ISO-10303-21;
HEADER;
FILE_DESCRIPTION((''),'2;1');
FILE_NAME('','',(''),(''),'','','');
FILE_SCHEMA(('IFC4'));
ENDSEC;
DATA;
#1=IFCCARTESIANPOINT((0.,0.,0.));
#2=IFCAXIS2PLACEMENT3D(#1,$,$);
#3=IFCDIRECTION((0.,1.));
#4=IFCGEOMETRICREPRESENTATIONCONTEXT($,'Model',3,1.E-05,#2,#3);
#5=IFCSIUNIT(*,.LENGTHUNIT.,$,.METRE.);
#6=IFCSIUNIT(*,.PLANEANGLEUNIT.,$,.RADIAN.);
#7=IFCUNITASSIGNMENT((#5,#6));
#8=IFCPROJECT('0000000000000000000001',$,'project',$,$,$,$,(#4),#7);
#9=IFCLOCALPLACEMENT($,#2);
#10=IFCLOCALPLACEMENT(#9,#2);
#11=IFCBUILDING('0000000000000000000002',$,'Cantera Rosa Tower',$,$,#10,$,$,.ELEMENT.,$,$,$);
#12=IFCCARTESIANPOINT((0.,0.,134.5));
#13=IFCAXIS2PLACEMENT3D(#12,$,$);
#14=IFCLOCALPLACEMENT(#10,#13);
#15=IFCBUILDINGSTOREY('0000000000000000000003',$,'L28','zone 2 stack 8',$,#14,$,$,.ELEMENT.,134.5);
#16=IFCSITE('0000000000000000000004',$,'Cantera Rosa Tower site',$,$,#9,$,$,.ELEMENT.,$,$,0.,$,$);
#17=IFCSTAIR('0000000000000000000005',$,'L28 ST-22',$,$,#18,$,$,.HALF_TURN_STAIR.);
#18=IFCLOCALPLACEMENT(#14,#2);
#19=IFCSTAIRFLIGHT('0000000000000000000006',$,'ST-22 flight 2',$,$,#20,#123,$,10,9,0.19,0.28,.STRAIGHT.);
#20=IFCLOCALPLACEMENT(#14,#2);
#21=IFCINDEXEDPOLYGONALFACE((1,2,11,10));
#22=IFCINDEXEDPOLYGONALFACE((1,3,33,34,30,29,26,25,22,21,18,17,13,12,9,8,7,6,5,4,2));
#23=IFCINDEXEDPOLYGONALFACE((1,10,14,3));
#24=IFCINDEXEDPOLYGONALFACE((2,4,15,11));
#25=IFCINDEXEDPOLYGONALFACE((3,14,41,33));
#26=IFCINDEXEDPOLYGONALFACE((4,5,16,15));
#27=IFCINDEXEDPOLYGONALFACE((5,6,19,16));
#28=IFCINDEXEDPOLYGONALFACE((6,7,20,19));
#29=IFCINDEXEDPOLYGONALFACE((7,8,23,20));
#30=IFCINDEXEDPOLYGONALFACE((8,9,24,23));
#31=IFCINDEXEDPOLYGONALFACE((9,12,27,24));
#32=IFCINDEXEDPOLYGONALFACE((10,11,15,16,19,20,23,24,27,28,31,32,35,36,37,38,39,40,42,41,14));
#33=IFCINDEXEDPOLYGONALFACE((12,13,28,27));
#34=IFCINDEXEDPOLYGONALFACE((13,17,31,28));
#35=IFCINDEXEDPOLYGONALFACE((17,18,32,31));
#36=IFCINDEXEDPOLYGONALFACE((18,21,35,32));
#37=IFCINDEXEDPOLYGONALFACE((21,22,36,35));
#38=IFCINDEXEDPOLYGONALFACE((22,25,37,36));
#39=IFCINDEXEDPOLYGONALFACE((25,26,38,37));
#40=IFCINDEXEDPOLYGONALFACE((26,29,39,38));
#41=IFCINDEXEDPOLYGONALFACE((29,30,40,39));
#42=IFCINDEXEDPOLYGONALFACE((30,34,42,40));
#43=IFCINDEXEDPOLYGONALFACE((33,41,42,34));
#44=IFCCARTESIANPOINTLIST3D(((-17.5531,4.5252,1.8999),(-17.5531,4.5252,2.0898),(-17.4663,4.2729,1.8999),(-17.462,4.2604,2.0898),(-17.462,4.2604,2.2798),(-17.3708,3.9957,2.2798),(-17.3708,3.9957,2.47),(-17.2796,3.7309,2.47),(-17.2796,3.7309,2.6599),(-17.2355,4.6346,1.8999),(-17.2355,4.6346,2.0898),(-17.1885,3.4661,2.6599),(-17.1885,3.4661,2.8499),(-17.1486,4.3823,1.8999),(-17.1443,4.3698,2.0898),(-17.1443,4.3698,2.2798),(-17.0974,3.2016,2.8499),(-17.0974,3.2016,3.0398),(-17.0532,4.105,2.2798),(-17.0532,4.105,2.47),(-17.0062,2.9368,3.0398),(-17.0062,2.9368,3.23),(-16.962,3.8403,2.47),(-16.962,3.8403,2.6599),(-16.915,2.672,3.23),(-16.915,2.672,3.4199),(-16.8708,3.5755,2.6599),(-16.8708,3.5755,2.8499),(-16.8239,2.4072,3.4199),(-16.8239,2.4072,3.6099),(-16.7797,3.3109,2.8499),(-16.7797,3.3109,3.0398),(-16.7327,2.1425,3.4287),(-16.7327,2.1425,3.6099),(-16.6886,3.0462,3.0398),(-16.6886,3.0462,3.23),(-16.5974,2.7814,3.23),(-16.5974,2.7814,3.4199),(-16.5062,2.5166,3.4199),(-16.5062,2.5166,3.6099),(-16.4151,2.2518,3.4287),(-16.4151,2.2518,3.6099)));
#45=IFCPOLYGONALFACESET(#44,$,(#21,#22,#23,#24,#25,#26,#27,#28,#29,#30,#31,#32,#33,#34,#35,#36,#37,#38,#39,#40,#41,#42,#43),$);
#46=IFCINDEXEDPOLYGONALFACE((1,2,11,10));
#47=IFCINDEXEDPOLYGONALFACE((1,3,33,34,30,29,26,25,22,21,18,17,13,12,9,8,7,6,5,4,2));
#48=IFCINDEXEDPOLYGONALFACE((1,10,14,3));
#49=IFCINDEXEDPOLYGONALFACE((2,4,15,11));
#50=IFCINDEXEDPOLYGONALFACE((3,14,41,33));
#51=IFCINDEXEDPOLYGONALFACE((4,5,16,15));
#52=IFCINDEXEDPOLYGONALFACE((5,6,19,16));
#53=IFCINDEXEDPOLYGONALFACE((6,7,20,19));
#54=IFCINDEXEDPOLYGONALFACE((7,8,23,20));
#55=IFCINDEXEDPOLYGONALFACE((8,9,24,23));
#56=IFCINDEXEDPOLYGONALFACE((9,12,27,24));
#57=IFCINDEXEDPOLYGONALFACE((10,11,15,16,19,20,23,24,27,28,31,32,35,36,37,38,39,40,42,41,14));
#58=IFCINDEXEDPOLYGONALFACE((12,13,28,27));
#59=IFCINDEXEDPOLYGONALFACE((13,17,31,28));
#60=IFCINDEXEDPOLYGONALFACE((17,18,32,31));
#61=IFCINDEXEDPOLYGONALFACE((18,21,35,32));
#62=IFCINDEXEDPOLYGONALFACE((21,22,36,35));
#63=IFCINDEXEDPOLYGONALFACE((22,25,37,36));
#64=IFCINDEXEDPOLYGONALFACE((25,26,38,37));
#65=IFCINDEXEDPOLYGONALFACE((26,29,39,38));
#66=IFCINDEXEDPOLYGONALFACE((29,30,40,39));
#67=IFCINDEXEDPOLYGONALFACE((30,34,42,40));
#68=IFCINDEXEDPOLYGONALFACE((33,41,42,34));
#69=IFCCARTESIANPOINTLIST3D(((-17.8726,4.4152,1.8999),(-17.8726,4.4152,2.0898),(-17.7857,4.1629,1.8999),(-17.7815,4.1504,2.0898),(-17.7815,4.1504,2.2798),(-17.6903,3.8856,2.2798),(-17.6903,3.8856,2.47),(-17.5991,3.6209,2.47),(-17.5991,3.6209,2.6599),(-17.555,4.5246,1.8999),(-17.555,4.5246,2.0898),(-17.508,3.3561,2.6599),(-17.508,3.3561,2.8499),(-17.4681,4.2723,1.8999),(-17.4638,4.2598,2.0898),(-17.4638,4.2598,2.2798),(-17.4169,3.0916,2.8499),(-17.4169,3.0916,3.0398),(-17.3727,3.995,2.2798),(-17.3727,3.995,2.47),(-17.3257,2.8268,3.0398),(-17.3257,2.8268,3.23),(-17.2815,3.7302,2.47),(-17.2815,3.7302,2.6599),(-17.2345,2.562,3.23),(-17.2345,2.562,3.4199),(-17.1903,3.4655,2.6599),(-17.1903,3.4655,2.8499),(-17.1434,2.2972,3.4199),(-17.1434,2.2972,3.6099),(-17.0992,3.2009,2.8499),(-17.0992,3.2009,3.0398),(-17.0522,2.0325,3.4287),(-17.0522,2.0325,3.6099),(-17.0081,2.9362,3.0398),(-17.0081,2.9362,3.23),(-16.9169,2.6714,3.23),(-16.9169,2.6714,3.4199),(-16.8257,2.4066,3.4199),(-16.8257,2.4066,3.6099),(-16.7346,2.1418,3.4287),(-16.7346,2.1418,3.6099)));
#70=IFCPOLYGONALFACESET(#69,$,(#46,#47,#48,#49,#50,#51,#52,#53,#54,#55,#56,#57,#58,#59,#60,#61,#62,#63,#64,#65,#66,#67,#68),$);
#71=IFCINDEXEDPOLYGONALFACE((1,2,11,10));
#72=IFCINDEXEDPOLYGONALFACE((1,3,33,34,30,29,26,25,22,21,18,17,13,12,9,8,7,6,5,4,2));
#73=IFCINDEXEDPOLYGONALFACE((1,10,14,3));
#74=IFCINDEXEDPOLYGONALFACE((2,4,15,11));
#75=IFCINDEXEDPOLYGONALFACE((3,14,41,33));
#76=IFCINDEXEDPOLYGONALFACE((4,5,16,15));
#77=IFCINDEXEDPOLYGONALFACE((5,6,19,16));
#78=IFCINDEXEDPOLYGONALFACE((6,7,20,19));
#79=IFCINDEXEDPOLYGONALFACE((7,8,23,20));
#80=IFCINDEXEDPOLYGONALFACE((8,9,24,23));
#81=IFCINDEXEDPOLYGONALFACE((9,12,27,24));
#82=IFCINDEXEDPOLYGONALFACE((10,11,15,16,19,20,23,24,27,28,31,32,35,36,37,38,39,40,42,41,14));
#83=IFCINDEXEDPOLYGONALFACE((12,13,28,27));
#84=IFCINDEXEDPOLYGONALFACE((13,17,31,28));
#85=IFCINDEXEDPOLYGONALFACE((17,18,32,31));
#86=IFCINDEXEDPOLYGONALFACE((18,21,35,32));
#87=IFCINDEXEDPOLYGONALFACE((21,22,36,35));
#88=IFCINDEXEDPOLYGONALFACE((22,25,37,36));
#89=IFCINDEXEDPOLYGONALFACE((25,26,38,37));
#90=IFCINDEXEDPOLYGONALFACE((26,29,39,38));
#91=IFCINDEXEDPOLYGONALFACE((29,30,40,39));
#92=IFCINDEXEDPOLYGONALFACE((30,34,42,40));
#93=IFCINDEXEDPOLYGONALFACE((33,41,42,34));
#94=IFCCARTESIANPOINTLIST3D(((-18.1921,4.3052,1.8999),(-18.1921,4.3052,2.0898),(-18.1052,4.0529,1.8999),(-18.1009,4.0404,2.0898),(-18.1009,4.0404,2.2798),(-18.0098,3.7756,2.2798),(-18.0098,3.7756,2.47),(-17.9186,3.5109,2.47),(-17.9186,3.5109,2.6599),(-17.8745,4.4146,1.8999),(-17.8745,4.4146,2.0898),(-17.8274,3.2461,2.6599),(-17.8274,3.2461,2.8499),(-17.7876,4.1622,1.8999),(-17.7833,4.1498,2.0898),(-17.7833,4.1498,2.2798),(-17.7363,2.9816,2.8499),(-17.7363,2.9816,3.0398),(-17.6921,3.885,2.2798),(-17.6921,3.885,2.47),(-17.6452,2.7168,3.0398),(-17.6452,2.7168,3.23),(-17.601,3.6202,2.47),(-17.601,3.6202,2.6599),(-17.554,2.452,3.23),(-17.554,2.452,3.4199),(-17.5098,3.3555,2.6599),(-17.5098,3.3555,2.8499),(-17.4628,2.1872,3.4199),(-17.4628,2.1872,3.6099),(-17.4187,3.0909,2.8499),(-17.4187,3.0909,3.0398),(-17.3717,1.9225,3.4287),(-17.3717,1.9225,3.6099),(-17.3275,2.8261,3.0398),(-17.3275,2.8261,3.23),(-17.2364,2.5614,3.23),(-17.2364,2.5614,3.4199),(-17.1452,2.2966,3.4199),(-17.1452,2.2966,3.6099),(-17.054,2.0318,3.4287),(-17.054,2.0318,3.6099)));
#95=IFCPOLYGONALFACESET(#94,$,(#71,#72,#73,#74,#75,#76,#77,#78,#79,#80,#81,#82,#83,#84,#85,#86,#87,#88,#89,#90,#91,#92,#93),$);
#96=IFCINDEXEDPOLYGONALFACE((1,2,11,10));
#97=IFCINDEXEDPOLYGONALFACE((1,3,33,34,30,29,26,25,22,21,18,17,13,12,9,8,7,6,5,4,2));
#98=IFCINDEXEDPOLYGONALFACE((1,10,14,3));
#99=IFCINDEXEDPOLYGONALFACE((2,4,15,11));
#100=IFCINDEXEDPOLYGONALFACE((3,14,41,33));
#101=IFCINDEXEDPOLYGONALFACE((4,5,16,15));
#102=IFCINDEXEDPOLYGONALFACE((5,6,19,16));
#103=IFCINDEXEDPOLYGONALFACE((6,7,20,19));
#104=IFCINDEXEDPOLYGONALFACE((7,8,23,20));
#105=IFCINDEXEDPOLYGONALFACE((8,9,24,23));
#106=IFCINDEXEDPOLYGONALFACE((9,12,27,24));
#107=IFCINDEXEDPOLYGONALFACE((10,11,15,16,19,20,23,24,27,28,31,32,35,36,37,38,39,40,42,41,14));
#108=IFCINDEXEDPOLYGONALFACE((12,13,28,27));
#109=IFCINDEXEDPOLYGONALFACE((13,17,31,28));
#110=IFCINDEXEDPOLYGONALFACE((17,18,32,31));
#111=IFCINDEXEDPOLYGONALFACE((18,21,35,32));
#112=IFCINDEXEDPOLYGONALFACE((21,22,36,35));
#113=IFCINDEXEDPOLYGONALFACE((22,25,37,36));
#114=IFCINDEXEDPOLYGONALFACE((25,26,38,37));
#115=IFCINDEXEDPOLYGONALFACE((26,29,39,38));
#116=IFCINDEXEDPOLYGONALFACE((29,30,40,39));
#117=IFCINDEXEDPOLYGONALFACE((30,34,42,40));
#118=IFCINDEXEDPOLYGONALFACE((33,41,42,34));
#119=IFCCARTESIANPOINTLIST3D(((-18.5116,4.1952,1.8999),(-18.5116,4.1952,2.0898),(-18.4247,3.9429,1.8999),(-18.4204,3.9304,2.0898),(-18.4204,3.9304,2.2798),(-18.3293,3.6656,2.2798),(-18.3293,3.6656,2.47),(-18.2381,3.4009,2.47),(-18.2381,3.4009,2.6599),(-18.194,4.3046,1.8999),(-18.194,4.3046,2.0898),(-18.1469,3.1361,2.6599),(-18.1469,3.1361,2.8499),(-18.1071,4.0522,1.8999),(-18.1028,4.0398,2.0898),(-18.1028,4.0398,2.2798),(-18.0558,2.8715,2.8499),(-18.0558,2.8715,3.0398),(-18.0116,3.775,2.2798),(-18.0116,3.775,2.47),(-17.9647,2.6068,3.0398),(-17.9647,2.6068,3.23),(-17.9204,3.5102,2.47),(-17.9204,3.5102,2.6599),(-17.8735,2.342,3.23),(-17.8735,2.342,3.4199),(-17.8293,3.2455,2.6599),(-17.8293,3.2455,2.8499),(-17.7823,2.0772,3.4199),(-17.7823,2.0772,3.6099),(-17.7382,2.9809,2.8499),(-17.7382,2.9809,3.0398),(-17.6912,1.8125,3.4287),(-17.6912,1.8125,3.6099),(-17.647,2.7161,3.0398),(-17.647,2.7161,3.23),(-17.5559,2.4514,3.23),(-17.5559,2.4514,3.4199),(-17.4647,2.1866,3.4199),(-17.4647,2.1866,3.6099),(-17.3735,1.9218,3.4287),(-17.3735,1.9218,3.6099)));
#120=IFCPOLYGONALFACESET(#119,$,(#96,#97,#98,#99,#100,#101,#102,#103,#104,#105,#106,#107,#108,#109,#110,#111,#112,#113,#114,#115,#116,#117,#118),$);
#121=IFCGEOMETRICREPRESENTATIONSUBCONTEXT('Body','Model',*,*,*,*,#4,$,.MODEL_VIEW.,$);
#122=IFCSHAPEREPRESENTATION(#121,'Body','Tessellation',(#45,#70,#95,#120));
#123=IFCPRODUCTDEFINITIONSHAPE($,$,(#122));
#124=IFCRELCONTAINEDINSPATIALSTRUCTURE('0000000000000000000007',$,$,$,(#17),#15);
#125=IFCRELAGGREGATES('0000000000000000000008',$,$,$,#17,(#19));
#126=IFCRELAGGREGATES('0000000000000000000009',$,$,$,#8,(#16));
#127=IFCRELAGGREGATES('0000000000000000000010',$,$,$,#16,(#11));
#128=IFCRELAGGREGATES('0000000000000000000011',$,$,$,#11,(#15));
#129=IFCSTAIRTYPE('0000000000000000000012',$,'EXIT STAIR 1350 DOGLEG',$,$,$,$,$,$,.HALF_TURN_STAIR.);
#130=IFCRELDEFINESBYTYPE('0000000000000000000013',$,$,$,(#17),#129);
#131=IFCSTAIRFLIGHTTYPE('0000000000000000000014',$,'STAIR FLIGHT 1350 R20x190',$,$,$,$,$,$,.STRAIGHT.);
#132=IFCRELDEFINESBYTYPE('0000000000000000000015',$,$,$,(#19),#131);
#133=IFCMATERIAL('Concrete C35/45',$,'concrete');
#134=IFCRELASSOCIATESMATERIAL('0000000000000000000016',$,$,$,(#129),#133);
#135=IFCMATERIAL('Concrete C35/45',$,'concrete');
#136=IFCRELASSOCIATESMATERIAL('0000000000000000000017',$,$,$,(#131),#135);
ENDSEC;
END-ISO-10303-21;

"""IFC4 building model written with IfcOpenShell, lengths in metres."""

from ifc_helpers import new_model, si_unit, direction, frame, origin, place, context, subcontext, project, spatial, polyline, outline, extrude, material, type_object, element, aggregate, save


model = new_model("IFC4")

# Units and contexts
model_context = context("Model", 3, precision=1e-05, world=origin(), true_north=direction((0.0, 1.0)))
body_context = subcontext(model_context, "Body", "Model", "MODEL_VIEW")
ifc_project = project(units=[si_unit("LENGTHUNIT", "METRE"), si_unit("PLANEANGLEUNIT", "RADIAN")], contexts=[model_context])

# Site, building, storey
site_placement = place(None, origin())
site = spatial("IfcSite", under=ifc_project, at=site_placement, Name="Cantera Rosa Tower site", CompositionType="ELEMENT", RefElevation=0.0)
building_placement = place(site_placement, origin())
building = spatial("IfcBuilding", under=site, at=building_placement, Name="Cantera Rosa Tower", CompositionType="ELEMENT")
storey_placement = place(building_placement, frame((0.0, 0.0, 134.5)))
storey = spatial("IfcBuildingStorey", under=building, at=storey_placement, Name="L28", Description="zone 2 stack 8", CompositionType="ELEMENT", Elevation=134.5)

# Stair, stair flight
ifc_material_1 = material(Name="Concrete C35/45", Category="concrete")
stair_type = type_object("IfcStairType", Name="EXIT STAIR 1350 DOGLEG", PredefinedType="HALF_TURN_STAIR", material=ifc_material_1)
stair_placement = place(storey_placement, origin())
stair = element("IfcStair", 1, at=stair_placement, inside=storey, type_object=stair_type, Name="L28 ST-22", PredefinedType="HALF_TURN_STAIR")
ifc_material_2 = material(Name="Concrete C35/45", Category="concrete")
stair_flight_type = type_object("IfcStairFlightType", Name="STAIR FLIGHT 1350 R20x190", PredefinedType="STRAIGHT", material=ifc_material_2)
stair_flight_placement = place(storey_placement, frame((-17.8738, 4.4148, 1.8999), z_axis=(0.0, 0.0, 1.0), x_axis=(0.325568, -0.945519, 0.0)))
stair_flight = element("IfcStairFlight", 2, at=stair_flight_placement, type_object=stair_flight_type, Name="ST-22 flight 2", NumberOfRisers=10, NumberOfTreads=9, PredefinedType="STRAIGHT", RiserHeight=0.19, TreadLength=0.28, context=body_context, shape_type="SweptSolid", body=[
    extrude(outline(polyline([(0.0, 0.0), (0.0, 0.1899), (0.28, 0.1899), (0.28, 0.3799), (0.5601, 0.3799), (0.5601, 0.5701), (0.8401, 0.5701), (0.8401, 0.76), (1.1201, 0.76), (1.1201, 0.95), (1.3999, 0.95), (1.3999, 1.1399), (1.6799, 1.1399), (1.6799, 1.3301), (1.96, 1.3301), (1.96, 1.52), (2.24, 1.52), (2.24, 1.71), (2.52, 1.71), (2.52, 1.8999), (2.52, 1.5288), (0.2668, 0.0), (0.0, 0.0)])), frame((0.0, 0.675, 0.0), z_axis=(0.0, -1.0, 0.0), x_axis=(1.0, 0.0, 0.0)), (0.0, 0.0, 1.0), 0.3359),
    extrude(outline(polyline([(0.0, 0.0), (0.0, 0.1899), (0.28, 0.1899), (0.28, 0.3799), (0.5601, 0.3799), (0.5601, 0.5701), (0.8401, 0.5701), (0.8401, 0.76), (1.1201, 0.76), (1.1201, 0.95), (1.3999, 0.95), (1.3999, 1.1399), (1.6799, 1.1399), (1.6799, 1.3301), (1.96, 1.3301), (1.96, 1.52), (2.24, 1.52), (2.24, 1.71), (2.52, 1.71), (2.52, 1.8999), (2.52, 1.5288), (0.2668, 0.0), (0.0, 0.0)])), frame((0.0, 0.3372, 0.0), z_axis=(0.0, -1.0, 0.0), x_axis=(1.0, 0.0, 0.0)), (0.0, 0.0, 1.0), 0.3359),
    extrude(outline(polyline([(0.0, 0.0), (0.0, 0.1899), (0.28, 0.1899), (0.28, 0.3799), (0.5601, 0.3799), (0.5601, 0.5701), (0.8401, 0.5701), (0.8401, 0.76), (1.1201, 0.76), (1.1201, 0.95), (1.3999, 0.95), (1.3999, 1.1399), (1.6799, 1.1399), (1.6799, 1.3301), (1.96, 1.3301), (1.96, 1.52), (2.24, 1.52), (2.24, 1.71), (2.52, 1.71), (2.52, 1.8999), (2.52, 1.5288), (0.2668, 0.0), (0.0, 0.0)])), frame((0.0, -0.0007, 0.0), z_axis=(0.0, -1.0, 0.0), x_axis=(1.0, 0.0, 0.0)), (0.0, 0.0, 1.0), 0.3359),
    extrude(outline(polyline([(0.0, 0.0), (0.0, 0.1899), (0.28, 0.1899), (0.28, 0.3799), (0.5601, 0.3799), (0.5601, 0.5701), (0.8401, 0.5701), (0.8401, 0.76), (1.1201, 0.76), (1.1201, 0.95), (1.3999, 0.95), (1.3999, 1.1399), (1.6799, 1.1399), (1.6799, 1.3301), (1.96, 1.3301), (1.96, 1.52), (2.24, 1.52), (2.24, 1.71), (2.52, 1.71), (2.52, 1.8999), (2.52, 1.5288), (0.2668, 0.0), (0.0, 0.0)])), frame((0.0, -0.3386, 0.0), z_axis=(0.0, -1.0, 0.0), x_axis=(1.0, 0.0, 0.0)), (0.0, 0.0, 1.0), 0.3359),
])
aggregate(stair, [stair_flight])

save(model, "model.ifc")
